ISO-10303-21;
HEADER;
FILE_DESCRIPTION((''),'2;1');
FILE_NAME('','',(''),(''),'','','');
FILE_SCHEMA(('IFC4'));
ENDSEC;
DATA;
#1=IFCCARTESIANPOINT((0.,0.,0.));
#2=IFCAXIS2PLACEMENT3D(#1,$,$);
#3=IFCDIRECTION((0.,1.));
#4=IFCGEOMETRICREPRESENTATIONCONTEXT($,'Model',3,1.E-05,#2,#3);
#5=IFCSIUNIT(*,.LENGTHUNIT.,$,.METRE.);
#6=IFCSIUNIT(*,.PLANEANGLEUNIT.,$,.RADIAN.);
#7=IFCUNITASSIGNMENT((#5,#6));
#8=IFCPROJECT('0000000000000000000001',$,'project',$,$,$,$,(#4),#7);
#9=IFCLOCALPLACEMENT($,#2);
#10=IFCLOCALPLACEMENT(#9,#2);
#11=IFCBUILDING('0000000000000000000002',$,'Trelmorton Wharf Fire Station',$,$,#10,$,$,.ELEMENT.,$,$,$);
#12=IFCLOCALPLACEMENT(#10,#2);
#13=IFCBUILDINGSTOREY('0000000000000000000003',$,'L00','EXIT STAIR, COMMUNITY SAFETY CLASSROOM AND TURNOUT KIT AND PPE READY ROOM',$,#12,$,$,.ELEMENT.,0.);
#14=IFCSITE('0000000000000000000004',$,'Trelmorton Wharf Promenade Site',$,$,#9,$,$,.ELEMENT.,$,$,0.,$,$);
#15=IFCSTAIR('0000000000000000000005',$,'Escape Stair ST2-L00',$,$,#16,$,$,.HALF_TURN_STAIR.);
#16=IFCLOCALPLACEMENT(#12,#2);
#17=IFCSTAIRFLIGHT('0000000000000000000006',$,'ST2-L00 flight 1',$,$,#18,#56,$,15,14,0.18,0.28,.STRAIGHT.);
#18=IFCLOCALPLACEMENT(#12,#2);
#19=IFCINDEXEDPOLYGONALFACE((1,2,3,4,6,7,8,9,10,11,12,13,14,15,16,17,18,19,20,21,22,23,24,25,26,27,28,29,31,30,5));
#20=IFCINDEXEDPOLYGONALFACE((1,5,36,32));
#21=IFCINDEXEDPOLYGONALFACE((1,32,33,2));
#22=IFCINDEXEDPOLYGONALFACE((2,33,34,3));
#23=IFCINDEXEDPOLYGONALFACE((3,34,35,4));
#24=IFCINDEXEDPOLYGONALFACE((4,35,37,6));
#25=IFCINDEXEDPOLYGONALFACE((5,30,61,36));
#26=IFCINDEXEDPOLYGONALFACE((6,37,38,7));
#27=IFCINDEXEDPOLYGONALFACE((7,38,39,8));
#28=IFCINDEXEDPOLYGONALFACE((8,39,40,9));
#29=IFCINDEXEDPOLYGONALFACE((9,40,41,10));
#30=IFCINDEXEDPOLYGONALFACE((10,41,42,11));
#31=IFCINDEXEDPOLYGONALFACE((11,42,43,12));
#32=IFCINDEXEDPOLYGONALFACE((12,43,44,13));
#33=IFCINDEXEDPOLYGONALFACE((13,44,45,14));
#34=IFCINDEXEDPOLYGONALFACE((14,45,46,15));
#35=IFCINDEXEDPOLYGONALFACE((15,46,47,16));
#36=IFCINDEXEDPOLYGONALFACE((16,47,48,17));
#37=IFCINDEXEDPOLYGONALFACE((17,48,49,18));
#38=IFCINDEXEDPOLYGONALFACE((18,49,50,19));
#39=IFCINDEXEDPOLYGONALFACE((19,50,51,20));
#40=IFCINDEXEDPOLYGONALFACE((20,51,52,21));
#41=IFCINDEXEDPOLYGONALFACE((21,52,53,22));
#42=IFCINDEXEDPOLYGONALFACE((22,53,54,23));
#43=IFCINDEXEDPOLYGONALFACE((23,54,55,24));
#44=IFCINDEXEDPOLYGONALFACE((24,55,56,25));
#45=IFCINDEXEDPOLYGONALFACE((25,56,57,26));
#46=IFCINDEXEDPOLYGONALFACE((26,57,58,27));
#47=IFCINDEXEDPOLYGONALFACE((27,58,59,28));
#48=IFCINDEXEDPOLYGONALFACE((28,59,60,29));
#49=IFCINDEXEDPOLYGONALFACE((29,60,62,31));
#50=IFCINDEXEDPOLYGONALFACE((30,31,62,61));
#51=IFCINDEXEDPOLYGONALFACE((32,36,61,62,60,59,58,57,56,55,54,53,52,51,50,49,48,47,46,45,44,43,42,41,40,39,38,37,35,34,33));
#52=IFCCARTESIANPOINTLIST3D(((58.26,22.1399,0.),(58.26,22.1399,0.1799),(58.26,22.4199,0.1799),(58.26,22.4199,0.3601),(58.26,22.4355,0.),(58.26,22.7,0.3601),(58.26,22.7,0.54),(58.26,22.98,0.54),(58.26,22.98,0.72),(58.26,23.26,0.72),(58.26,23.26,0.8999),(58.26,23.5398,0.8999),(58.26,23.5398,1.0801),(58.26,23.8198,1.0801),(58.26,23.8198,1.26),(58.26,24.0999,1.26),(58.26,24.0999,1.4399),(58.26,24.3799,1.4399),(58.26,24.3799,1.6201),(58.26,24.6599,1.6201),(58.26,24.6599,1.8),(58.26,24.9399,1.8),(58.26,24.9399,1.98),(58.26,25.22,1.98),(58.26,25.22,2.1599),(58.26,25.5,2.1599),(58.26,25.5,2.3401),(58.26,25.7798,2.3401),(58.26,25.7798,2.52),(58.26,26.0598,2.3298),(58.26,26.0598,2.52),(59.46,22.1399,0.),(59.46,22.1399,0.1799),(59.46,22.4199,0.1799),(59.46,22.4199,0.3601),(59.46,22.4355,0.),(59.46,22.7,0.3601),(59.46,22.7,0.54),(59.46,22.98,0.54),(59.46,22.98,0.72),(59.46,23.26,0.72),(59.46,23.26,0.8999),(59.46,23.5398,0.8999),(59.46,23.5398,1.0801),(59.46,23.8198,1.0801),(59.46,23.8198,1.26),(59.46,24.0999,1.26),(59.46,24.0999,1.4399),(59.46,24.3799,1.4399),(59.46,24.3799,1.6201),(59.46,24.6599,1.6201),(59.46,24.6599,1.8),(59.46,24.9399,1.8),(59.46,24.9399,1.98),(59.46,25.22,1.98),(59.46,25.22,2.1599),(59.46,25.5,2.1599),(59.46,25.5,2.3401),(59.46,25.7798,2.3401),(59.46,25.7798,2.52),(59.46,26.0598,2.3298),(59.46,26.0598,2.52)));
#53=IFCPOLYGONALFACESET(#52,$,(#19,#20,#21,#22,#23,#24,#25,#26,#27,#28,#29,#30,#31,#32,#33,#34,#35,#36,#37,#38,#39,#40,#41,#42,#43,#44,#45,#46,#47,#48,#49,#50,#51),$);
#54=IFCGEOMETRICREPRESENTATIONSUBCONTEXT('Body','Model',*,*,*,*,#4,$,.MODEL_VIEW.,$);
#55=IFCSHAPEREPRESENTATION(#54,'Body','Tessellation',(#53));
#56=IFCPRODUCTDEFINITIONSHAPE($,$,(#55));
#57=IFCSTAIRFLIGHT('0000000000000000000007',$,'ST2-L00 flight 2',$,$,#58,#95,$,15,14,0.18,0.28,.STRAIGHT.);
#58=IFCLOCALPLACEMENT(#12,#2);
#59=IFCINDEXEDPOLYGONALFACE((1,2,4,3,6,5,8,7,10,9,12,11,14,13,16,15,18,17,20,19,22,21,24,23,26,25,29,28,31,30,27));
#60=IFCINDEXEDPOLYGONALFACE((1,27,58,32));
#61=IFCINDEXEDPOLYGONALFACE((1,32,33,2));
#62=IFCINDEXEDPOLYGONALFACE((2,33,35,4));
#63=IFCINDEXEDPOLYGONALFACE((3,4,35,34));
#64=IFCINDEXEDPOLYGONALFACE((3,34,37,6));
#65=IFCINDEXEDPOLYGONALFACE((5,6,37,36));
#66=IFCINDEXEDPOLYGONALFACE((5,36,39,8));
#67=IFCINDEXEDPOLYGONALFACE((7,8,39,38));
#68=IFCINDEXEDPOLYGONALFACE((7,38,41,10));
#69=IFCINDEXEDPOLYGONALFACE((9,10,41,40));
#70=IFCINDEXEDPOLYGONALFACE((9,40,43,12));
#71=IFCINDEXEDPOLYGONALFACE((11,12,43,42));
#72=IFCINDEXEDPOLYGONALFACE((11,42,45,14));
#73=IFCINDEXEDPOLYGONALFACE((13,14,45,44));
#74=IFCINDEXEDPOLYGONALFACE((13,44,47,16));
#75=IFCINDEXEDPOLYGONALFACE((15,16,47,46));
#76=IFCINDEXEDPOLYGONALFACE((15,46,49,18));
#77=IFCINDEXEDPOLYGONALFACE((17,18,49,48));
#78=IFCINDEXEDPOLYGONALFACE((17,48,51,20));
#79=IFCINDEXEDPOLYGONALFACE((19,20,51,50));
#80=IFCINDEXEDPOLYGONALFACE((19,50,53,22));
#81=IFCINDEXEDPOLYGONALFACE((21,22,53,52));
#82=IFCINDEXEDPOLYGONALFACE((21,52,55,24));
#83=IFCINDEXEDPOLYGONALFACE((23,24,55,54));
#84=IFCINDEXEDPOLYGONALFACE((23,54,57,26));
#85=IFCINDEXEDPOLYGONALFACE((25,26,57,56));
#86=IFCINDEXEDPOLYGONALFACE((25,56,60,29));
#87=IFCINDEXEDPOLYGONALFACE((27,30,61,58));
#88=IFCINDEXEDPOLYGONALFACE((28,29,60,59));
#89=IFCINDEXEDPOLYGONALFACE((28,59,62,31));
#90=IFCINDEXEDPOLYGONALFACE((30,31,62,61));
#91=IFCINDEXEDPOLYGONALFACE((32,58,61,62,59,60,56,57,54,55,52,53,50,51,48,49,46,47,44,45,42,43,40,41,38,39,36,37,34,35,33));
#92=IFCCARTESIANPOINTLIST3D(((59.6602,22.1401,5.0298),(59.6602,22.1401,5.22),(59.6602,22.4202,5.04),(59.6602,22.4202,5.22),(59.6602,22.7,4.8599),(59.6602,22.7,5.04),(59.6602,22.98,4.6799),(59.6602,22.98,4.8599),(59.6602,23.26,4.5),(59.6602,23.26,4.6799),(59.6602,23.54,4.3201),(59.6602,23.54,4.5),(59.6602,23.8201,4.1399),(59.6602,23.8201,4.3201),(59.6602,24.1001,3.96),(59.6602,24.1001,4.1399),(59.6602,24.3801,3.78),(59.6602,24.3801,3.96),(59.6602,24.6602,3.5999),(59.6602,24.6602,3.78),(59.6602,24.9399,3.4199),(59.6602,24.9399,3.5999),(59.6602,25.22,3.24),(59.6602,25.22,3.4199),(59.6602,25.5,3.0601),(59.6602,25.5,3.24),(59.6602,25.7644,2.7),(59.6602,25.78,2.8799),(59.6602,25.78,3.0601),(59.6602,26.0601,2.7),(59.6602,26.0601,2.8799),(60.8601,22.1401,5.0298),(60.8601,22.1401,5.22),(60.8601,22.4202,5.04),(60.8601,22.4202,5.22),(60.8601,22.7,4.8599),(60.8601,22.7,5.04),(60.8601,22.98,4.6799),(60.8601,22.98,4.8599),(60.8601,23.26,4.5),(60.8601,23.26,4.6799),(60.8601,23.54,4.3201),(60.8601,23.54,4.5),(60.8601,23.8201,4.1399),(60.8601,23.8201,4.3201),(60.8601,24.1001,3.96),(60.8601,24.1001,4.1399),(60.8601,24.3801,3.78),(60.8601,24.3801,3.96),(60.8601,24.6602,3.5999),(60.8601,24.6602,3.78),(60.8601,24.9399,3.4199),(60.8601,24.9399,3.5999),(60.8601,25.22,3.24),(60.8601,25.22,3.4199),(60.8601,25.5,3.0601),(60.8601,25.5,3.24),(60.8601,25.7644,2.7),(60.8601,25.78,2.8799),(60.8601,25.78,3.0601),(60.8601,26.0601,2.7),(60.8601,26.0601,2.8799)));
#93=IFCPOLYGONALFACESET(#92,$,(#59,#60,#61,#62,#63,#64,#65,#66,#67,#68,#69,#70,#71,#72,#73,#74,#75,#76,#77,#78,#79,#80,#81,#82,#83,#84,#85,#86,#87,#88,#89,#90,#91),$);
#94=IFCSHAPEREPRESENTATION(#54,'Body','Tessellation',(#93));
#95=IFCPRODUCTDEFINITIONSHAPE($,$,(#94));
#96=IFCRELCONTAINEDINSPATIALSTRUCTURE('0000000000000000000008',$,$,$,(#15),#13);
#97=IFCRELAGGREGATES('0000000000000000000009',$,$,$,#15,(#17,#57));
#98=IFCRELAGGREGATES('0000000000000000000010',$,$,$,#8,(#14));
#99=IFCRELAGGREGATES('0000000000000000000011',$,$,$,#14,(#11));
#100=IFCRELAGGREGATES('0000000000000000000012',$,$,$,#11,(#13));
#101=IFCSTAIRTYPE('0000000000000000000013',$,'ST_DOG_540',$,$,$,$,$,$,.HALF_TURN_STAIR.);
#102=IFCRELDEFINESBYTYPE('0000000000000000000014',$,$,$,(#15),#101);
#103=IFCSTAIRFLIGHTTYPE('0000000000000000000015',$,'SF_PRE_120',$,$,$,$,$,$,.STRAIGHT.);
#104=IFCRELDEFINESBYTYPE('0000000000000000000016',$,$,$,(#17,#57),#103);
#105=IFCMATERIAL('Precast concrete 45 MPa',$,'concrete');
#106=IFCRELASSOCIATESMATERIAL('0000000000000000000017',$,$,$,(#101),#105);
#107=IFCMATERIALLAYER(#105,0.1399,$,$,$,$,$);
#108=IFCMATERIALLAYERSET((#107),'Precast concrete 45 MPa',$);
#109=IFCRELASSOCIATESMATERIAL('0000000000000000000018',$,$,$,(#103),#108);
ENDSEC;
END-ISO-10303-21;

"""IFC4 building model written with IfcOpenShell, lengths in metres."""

from ifc_helpers import new_model, si_unit, direction, frame, origin, place, context, subcontext, project, spatial, polyline, outline, extrude, material, layer, layer_set, type_object, element, aggregate, save


model = new_model("IFC4")

# Units and contexts
model_context = context("Model", 3, precision=1e-05, world=origin(), true_north=direction((0.0, 1.0)))
body_context = subcontext(model_context, "Body", "Model", "MODEL_VIEW")
ifc_project = project(units=[si_unit("LENGTHUNIT", "METRE"), si_unit("PLANEANGLEUNIT", "RADIAN")], contexts=[model_context])

# Site, building, storey
site_placement = place(None, origin())
site = spatial("IfcSite", under=ifc_project, at=site_placement, Name="Trelmorton Wharf Promenade Site", CompositionType="ELEMENT", RefElevation=0.0)
building_placement = place(site_placement, origin())
building = spatial("IfcBuilding", under=site, at=building_placement, Name="Trelmorton Wharf Fire Station", CompositionType="ELEMENT")
storey_placement = place(building_placement, origin())
storey = spatial("IfcBuildingStorey", under=building, at=storey_placement, Name="L00", Description="EXIT STAIR, COMMUNITY SAFETY CLASSROOM AND TURNOUT KIT AND PPE READY ROOM", CompositionType="ELEMENT", Elevation=0.0)

# Stair, stair flights
ifc_material_1 = material(Name="Precast concrete 45 MPa", Category="concrete")
stair_type = type_object("IfcStairType", Name="ST_DOG_540", PredefinedType="HALF_TURN_STAIR", material=ifc_material_1)
stair_placement = place(storey_placement, origin())
stair = element("IfcStair", 1, at=stair_placement, inside=storey, type_object=stair_type, Name="Escape Stair ST2-L00", PredefinedType="HALF_TURN_STAIR")
ifc_layer_1 = layer(ifc_material_1, 0.1399)
ifc_layer_set_1 = layer_set([ifc_layer_1], Name="Precast concrete 45 MPa")
stair_flight_type = type_object("IfcStairFlightType", Name="SF_PRE_120", PredefinedType="STRAIGHT", material=ifc_layer_set_1)
stair_flight_1_placement = place(storey_placement, frame((58.8601, 22.1399, 0.0), z_axis=(0.0, 0.0, 1.0), x_axis=(0.0, 1.0, 0.0)))
stair_flight_1 = element("IfcStairFlight", 2, at=stair_flight_1_placement, type_object=stair_flight_type, Name="ST2-L00 flight 1", NumberOfRisers=15, NumberOfTreads=14, PredefinedType="STRAIGHT", RiserHeight=0.18, TreadLength=0.28, context=body_context, shape_type="SweptSolid", body=[
    extrude(outline(polyline([(0.0, 0.0), (0.0, 0.1799), (0.28, 0.1799), (0.28, 0.3601), (0.5601, 0.3601), (0.5601, 0.54), (0.8401, 0.54), (0.8401, 0.72), (1.1201, 0.72), (1.1201, 0.8999), (1.3999, 0.8999), (1.3999, 1.0801), (1.6799, 1.0801), (1.6799, 1.26), (1.96, 1.26), (1.96, 1.4399), (2.24, 1.4399), (2.24, 1.6201), (2.52, 1.6201), (2.52, 1.8), (2.8, 1.8), (2.8, 1.98), (3.0801, 1.98), (3.0801, 2.1599), (3.3601, 2.1599), (3.3601, 2.3401), (3.6399, 2.3401), (3.6399, 2.52), (3.9199, 2.52), (3.9199, 2.7), (3.9199, 2.3298), (0.2957, 0.0), (0.0, 0.0)])), frame((0.0, 0.6001, 0.0), z_axis=(0.0, -1.0, 0.0), x_axis=(1.0, 0.0, 0.0)), (0.0, 0.0, 1.0), 1.2),
])
stair_flight_2_placement = place(storey_placement, frame((60.26, 26.0601, 2.7), z_axis=(0.0, 0.0, 1.0), x_axis=(0.0, -1.0, 0.0)))
stair_flight_2 = element("IfcStairFlight", 3, at=stair_flight_2_placement, type_object=stair_flight_type, Name="ST2-L00 flight 2", NumberOfRisers=15, NumberOfTreads=14, PredefinedType="STRAIGHT", RiserHeight=0.18, TreadLength=0.28, context=body_context, shape_type="SweptSolid", body=[
    extrude(outline(polyline([(0.0, 0.0), (0.0, 0.1799), (0.28, 0.1799), (0.28, 0.3601), (0.5601, 0.3601), (0.5601, 0.54), (0.8401, 0.54), (0.8401, 0.72), (1.1201, 0.72), (1.1201, 0.8999), (1.3999, 0.8999), (1.3999, 1.0801), (1.6799, 1.0801), (1.6799, 1.26), (1.96, 1.26), (1.96, 1.4399), (2.24, 1.4399), (2.24, 1.6201), (2.52, 1.6201), (2.52, 1.8), (2.8, 1.8), (2.8, 1.98), (3.0801, 1.98), (3.0801, 2.1599), (3.3601, 2.1599), (3.3601, 2.3401), (3.6399, 2.3401), (3.6399, 2.52), (3.9199, 2.52), (3.9199, 2.7), (3.9199, 2.3298), (0.2957, 0.0), (0.0, 0.0)])), frame((0.0, 0.6001, 0.0), z_axis=(0.0, -1.0, 0.0), x_axis=(1.0, 0.0, 0.0)), (0.0, 0.0, 1.0), 1.2),
])
aggregate(stair, [stair_flight_1, stair_flight_2])

save(model, "model.ifc")
